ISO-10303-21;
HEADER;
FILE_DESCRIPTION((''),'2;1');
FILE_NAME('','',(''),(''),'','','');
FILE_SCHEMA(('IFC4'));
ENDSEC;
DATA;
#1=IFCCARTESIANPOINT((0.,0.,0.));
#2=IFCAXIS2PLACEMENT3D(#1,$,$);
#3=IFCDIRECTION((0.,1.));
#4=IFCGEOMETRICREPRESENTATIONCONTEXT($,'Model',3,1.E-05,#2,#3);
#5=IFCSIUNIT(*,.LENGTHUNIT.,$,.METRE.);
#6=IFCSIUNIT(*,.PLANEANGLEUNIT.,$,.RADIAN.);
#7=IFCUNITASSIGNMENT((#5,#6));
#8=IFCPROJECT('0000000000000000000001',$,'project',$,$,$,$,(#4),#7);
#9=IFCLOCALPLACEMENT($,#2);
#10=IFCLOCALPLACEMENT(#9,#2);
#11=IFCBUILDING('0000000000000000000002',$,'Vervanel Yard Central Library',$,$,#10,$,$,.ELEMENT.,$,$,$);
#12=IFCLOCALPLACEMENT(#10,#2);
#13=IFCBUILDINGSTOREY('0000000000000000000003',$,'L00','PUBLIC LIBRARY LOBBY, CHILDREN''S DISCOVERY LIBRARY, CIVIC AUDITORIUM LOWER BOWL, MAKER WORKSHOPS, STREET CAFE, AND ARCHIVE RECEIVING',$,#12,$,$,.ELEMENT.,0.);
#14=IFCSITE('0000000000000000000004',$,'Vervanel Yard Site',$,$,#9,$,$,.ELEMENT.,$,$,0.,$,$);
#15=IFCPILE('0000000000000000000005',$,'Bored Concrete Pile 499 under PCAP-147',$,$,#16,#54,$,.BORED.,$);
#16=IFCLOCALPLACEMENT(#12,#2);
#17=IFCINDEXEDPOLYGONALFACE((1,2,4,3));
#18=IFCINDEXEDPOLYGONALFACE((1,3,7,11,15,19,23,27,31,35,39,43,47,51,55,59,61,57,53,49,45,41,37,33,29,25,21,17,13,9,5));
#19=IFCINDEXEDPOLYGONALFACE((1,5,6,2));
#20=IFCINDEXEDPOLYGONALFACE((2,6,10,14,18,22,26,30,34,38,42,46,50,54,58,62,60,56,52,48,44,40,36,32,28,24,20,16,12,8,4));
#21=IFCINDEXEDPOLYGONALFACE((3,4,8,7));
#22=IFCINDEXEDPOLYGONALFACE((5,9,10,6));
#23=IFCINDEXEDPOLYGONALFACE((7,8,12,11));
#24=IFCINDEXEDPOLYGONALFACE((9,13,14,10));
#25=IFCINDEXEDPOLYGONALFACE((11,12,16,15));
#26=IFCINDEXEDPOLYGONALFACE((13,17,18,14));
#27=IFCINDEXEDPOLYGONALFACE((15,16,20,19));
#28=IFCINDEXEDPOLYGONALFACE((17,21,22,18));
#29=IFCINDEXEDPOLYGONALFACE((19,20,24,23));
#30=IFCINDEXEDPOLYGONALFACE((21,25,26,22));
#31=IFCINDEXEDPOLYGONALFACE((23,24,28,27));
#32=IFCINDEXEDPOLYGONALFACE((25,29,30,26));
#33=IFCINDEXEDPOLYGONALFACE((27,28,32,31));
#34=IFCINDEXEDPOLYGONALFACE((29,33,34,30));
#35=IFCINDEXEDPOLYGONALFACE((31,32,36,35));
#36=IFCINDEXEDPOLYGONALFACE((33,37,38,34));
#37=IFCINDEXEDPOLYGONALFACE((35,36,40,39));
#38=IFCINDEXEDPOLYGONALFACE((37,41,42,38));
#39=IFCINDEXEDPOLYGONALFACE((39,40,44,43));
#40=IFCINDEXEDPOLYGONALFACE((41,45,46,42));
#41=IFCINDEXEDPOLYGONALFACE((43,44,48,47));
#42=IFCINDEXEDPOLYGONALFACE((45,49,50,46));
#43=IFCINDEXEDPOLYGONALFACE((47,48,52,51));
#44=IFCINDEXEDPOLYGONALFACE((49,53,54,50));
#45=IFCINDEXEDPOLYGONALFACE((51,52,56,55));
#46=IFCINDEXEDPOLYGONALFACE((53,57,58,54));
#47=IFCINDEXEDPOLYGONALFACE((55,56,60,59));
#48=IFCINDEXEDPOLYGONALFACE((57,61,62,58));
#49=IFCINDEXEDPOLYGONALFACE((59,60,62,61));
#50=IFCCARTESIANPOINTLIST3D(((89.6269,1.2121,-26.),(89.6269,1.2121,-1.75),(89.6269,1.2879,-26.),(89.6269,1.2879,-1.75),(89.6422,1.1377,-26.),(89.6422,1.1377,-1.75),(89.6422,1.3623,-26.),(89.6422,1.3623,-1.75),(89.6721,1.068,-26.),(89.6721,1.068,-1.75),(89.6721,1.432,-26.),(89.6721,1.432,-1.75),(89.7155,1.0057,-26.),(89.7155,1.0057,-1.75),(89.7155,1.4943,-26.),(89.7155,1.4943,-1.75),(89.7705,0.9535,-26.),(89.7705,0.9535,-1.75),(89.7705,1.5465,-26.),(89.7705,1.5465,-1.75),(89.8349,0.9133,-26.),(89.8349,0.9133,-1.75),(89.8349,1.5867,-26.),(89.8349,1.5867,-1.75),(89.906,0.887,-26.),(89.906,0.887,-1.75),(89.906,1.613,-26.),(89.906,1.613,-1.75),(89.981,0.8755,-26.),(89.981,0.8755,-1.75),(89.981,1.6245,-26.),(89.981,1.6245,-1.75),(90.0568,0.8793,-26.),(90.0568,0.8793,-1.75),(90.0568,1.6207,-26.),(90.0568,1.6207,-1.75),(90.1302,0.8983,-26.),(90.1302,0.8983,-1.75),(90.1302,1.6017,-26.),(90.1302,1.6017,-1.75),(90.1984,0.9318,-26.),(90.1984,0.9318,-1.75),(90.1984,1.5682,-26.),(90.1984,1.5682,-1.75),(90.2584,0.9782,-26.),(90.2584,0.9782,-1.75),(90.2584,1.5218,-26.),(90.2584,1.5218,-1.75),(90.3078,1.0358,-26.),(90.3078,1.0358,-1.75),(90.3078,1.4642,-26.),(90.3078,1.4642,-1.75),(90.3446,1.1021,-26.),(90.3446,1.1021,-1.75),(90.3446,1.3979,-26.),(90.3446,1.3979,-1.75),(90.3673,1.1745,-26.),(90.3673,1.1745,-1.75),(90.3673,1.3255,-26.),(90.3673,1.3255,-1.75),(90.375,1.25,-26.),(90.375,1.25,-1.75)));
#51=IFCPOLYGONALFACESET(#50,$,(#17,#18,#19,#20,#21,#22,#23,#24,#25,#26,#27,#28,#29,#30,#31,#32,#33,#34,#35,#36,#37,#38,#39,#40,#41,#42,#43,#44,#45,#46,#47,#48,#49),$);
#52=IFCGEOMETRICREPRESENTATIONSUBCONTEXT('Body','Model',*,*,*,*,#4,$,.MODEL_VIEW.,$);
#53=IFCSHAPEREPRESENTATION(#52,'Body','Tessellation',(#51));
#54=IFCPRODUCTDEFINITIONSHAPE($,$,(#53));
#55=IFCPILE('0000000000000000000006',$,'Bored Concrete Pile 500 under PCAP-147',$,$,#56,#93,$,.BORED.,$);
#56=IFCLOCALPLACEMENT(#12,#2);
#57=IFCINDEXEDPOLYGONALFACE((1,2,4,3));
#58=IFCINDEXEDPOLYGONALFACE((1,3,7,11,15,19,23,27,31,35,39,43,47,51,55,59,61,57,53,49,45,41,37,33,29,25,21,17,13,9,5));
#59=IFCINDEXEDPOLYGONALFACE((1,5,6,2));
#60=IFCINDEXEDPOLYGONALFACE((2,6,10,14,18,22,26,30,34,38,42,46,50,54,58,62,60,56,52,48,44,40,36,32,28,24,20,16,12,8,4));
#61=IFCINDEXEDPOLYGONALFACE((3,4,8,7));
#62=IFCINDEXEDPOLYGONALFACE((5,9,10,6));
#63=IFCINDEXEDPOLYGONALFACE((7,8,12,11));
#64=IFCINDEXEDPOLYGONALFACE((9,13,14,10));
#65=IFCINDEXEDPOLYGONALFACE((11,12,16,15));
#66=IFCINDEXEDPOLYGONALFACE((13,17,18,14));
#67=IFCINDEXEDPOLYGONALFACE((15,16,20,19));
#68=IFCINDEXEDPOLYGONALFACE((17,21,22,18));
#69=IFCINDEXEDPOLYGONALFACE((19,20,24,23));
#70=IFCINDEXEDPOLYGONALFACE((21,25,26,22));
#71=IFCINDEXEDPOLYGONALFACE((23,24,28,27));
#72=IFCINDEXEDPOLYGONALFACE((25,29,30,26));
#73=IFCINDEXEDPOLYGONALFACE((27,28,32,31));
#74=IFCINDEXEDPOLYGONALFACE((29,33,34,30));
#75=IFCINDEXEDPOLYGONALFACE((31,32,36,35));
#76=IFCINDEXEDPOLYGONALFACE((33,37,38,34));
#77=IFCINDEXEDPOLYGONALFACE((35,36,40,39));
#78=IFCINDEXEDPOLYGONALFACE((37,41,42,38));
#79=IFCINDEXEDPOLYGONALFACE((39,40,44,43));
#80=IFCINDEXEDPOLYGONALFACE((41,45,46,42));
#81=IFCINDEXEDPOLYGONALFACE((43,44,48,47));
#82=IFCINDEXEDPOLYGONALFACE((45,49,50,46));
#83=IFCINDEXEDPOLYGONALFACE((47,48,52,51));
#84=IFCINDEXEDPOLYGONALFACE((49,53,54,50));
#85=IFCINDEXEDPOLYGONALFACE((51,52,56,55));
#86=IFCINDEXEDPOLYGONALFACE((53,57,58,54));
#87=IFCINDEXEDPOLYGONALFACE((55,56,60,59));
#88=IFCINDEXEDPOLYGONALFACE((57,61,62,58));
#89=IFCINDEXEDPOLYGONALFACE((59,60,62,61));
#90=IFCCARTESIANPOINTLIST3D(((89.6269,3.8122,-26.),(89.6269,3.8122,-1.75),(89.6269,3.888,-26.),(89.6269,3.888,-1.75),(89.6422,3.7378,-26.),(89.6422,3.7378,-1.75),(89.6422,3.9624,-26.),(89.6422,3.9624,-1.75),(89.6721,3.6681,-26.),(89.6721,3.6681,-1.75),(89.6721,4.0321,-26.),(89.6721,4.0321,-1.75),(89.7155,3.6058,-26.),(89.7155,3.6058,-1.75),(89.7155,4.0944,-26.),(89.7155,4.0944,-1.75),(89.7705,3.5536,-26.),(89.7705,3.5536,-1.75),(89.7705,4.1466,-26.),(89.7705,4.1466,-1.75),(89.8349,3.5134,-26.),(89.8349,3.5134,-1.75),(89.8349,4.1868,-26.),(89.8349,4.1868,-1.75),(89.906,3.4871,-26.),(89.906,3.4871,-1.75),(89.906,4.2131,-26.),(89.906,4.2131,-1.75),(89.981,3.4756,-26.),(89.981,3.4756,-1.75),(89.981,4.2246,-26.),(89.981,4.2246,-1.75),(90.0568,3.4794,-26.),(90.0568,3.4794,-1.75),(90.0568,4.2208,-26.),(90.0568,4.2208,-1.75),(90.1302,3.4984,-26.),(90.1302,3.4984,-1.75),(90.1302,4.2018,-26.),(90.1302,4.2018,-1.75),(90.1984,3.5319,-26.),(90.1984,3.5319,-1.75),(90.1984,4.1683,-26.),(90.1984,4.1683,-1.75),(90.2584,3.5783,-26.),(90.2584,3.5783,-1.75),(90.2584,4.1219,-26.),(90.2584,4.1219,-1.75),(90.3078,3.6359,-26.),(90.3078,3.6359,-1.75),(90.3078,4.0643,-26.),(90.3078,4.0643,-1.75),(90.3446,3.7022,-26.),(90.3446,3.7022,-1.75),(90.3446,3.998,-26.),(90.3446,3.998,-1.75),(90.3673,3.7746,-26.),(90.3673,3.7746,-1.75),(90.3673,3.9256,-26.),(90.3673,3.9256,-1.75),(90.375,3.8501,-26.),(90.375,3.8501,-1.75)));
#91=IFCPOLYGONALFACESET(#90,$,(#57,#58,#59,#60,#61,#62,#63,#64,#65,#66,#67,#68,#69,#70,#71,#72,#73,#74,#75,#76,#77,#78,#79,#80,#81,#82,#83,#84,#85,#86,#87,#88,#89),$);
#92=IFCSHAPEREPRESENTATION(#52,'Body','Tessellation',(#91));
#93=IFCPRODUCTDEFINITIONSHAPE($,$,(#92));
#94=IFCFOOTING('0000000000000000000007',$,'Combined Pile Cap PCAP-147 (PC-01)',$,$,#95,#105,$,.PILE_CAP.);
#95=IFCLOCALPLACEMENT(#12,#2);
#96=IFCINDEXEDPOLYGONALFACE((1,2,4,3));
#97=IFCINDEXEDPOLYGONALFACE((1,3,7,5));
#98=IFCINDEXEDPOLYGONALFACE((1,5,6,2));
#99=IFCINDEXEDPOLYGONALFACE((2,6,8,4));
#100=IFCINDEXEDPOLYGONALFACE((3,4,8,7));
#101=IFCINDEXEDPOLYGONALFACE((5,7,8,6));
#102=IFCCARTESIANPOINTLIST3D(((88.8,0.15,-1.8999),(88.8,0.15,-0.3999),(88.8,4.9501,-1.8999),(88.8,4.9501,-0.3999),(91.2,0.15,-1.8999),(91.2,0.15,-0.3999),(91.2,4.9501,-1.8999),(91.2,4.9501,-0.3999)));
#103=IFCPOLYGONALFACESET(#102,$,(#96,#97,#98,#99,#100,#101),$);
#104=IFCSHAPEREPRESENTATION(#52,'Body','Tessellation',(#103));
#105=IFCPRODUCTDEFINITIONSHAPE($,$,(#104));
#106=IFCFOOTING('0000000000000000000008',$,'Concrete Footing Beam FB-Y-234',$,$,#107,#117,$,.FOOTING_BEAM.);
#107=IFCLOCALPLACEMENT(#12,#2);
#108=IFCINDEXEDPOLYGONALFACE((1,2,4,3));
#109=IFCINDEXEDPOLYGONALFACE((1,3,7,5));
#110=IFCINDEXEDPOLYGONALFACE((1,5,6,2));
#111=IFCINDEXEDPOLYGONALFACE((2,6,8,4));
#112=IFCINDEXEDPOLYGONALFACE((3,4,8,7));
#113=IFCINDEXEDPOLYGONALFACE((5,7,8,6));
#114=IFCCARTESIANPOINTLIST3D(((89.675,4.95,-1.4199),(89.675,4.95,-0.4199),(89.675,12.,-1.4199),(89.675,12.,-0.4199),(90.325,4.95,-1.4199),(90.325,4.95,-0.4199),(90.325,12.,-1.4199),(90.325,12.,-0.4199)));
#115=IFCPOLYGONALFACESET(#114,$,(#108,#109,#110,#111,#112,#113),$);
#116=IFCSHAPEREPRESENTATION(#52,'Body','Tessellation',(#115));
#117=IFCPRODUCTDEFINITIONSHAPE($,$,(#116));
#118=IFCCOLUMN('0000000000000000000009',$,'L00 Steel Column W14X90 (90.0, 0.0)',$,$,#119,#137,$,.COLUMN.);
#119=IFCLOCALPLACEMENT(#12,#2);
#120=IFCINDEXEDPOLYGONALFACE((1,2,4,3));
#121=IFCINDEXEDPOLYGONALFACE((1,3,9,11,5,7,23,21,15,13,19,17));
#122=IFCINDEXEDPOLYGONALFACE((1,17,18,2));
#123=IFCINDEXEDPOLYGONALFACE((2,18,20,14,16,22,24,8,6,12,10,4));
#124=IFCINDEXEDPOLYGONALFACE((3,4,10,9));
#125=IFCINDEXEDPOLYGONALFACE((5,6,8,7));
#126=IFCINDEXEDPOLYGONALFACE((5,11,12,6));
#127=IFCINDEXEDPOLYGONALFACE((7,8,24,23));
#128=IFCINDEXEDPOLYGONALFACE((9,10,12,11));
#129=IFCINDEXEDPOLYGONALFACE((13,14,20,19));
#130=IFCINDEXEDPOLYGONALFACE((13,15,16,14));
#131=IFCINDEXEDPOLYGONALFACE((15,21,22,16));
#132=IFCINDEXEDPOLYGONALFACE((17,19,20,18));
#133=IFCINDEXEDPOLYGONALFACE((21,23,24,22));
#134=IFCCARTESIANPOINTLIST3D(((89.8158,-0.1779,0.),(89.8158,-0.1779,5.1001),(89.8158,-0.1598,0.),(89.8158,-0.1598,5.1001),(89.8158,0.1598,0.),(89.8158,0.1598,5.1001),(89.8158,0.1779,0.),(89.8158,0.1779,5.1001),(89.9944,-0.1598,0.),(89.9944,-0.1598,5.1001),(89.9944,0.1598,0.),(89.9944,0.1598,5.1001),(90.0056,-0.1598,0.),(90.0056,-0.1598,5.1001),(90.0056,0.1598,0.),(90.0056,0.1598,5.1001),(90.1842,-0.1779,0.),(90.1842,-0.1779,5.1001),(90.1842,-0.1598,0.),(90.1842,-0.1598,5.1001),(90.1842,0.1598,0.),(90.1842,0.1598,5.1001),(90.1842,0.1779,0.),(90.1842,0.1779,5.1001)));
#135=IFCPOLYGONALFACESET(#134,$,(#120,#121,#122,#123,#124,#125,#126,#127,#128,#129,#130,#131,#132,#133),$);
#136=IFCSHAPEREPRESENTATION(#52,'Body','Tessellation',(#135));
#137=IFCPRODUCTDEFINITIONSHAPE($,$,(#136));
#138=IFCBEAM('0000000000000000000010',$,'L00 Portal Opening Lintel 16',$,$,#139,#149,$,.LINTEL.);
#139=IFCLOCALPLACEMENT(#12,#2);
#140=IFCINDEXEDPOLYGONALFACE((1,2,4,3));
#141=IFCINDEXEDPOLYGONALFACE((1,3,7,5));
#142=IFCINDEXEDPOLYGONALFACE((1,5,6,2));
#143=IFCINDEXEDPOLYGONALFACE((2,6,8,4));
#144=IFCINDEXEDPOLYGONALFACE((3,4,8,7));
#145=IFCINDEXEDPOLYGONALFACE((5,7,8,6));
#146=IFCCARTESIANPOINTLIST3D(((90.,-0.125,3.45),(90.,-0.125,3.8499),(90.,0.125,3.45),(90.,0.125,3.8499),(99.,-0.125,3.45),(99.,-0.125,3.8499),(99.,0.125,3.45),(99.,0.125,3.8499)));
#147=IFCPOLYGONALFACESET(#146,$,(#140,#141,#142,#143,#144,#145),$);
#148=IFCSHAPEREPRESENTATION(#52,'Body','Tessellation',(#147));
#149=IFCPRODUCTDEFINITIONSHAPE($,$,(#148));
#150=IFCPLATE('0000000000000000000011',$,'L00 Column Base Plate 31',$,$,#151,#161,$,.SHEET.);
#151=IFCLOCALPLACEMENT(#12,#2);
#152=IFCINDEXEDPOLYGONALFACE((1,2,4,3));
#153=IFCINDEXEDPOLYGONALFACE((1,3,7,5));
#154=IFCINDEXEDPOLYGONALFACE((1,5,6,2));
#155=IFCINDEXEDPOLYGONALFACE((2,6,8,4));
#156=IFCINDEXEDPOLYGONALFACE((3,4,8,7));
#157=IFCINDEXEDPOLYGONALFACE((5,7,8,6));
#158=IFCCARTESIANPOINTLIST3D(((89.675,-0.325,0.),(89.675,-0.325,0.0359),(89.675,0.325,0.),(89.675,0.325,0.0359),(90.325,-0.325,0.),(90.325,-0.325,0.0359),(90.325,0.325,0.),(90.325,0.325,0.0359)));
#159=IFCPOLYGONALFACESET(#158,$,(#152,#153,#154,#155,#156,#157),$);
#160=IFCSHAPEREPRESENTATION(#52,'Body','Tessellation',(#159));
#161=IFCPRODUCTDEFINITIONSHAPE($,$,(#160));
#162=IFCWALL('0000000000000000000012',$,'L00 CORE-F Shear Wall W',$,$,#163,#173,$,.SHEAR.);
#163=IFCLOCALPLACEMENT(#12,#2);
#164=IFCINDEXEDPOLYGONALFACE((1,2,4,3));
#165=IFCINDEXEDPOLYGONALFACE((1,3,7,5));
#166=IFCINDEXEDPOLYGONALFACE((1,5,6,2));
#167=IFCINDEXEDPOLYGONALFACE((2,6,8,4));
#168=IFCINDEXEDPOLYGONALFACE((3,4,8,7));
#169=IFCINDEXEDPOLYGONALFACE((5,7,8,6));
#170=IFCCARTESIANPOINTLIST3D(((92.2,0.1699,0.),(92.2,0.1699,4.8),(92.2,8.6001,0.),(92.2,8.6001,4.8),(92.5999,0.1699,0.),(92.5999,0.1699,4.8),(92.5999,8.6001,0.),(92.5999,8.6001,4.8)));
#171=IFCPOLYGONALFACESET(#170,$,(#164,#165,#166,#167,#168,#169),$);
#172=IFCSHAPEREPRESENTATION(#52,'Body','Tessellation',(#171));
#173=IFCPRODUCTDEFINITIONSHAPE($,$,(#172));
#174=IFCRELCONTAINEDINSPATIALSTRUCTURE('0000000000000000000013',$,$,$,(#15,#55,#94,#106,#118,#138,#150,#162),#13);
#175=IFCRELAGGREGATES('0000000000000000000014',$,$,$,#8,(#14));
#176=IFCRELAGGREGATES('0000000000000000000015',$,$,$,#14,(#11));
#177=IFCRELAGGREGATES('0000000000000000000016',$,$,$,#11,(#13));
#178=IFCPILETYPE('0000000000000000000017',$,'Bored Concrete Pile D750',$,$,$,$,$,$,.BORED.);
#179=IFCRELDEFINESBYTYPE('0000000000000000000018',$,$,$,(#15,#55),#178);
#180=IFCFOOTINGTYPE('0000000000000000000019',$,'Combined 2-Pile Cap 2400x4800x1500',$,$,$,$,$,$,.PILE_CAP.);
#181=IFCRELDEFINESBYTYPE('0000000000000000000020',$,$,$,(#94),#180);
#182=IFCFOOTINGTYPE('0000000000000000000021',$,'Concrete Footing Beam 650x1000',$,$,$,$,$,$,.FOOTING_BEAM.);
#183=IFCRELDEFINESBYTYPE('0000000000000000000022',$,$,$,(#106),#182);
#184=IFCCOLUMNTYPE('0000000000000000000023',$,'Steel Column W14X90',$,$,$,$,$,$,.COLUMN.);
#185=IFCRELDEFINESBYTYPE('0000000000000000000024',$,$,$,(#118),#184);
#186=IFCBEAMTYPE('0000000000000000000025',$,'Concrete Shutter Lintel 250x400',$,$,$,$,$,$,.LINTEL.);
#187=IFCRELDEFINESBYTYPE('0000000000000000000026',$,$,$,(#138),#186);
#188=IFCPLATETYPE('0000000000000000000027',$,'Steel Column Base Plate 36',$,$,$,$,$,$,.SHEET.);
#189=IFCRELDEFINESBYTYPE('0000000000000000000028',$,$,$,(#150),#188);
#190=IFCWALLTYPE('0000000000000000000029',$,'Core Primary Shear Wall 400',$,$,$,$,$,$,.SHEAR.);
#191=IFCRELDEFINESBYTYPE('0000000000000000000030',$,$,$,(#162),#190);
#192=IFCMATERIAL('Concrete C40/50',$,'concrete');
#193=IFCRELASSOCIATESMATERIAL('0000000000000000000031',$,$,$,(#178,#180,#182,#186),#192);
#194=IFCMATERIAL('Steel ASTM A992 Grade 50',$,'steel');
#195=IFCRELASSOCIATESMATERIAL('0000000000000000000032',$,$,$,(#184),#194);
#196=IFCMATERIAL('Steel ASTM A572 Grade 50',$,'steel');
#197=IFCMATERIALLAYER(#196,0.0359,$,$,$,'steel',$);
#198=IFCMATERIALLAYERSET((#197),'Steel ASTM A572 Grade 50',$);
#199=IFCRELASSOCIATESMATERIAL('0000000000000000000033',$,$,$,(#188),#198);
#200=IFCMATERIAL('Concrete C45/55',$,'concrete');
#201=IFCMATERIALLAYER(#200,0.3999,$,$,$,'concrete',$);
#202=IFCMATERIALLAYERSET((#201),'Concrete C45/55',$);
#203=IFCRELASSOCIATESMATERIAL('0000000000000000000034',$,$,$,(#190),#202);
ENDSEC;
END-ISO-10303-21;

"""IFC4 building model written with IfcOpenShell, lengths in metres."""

from ifc_helpers import new_model, si_unit, direction, frame, frame_2d, origin, origin_2d, place, context, subcontext, project, spatial, rectangle, circle, i_section, extrude, material, layer, layer_set, material_profile, profile_set, type_object, element, save


model = new_model("IFC4")

# Units and contexts
model_context = context("Model", 3, precision=1e-05, world=origin(), true_north=direction((0.0, 1.0)))
body_context = subcontext(model_context, "Body", "Model", "MODEL_VIEW")
ifc_project = project(units=[si_unit("LENGTHUNIT", "METRE"), si_unit("PLANEANGLEUNIT", "RADIAN")], contexts=[model_context])

# Site, building, storey
site_placement = place(None, origin())
site = spatial("IfcSite", under=ifc_project, at=site_placement, Name="Vervanel Yard Site", CompositionType="ELEMENT", RefElevation=0.0)
building_placement = place(site_placement, origin())
building = spatial("IfcBuilding", under=site, at=building_placement, Name="Vervanel Yard Central Library", CompositionType="ELEMENT")
storey_placement = place(building_placement, origin())
storey = spatial("IfcBuildingStorey", under=building, at=storey_placement, Name="L00", Description="PUBLIC LIBRARY LOBBY, CHILDREN'S DISCOVERY LIBRARY, CIVIC AUDITORIUM LOWER BOWL, MAKER WORKSHOPS, STREET CAFE, AND ARCHIVE RECEIVING", CompositionType="ELEMENT", Elevation=0.0)

# Piles
ifc_material_1 = material(Name="Concrete C40/50", Category="concrete")
ifc_material_profile_1 = material_profile(ifc_material_1, circle(Radius=0.375, at=origin_2d()), Name="BP D750", Category="concrete")
ifc_profile_set_1 = profile_set([ifc_material_profile_1], Name="Concrete C40/50")
pile_type = type_object("IfcPileType", Name="Bored Concrete Pile D750", PredefinedType="BORED", material=ifc_profile_set_1)
for number, where, z_axis, x_axis, name in (
    (1, (90.0, 1.25, -1.75), (0.0, 0.0, -1.0), (1.0, 0.0, 0.0), "Bored Concrete Pile 499 under PCAP-147"),
    (2, (90.0, 3.8501, -1.75), (0.0, 0.0, -1.0), (1.0, 0.0, 0.0), "Bored Concrete Pile 500 under PCAP-147"),
):
    element("IfcPile", number, at=place(storey_placement, frame(where, z_axis=z_axis, x_axis=x_axis)), inside=storey, type_object=pile_type, Name=name, PredefinedType="BORED", context=body_context, shape_type="SweptSolid", body=[
        extrude(circle(Radius=0.375, at=origin_2d()), origin(), (0.0, 0.0, 1.0), 24.25),
    ])

# Footings
footing_type_1 = type_object("IfcFootingType", Name="Combined 2-Pile Cap 2400x4800x1500", PredefinedType="PILE_CAP", material=ifc_material_1)
footing_1_placement = place(storey_placement, frame((90.0, 2.55, -1.8999), z_axis=(0.0, 0.0, 1.0), x_axis=(1.0, 0.0, 0.0)))
element("IfcFooting", 3, at=footing_1_placement, inside=storey, type_object=footing_type_1, Name="Combined Pile Cap PCAP-147 (PC-01)", PredefinedType="PILE_CAP", context=body_context, shape_type="SweptSolid", body=[
    extrude(rectangle(XDim=2.3999, YDim=4.8, at=origin_2d()), origin(), (0.0, 0.0, 1.0), 1.5),
])
ifc_material_profile_2 = material_profile(ifc_material_1, rectangle(XDim=0.6499, YDim=1.0, at=origin_2d()), Name="RC 650x1000", Category="concrete")
ifc_profile_set_2 = profile_set([ifc_material_profile_2], Name="Concrete C40/50")
footing_type_2 = type_object("IfcFootingType", Name="Concrete Footing Beam 650x1000", PredefinedType="FOOTING_BEAM", material=ifc_profile_set_2)
footing_2_placement = place(storey_placement, frame((90.0, 4.95, -0.9199), z_axis=(0.0, 1.0, 0.0), x_axis=(-1.0, 0.0, 0.0)))
element("IfcFooting", 4, at=footing_2_placement, inside=storey, type_object=footing_type_2, Name="Concrete Footing Beam FB-Y-234", PredefinedType="FOOTING_BEAM", context=body_context, shape_type="SweptSolid", body=[
    extrude(rectangle(XDim=0.6499, YDim=1.0, at=origin_2d()), origin(), (0.0, 0.0, 1.0), 7.05),
])

# Column
ifc_material_2 = material(Name="Steel ASTM A992 Grade 50", Category="steel")
ifc_material_profile_3 = material_profile(ifc_material_2, i_section(OverallWidth=0.3684, OverallDepth=0.3557, WebThickness=0.0112, FlangeThickness=0.0181, at=origin_2d()), Name="W14X90", Category="steel")
ifc_profile_set_3 = profile_set([ifc_material_profile_3], Name="Steel ASTM A992 Grade 50")
column_type = type_object("IfcColumnType", Name="Steel Column W14X90", PredefinedType="COLUMN", material=ifc_profile_set_3)
column_placement = place(storey_placement, frame((90.0, 0.0, 0.0), z_axis=(0.0, 0.0, 1.0), x_axis=(1.0, 0.0, 0.0)))
element("IfcColumn", 5, at=column_placement, inside=storey, type_object=column_type, Name="L00 Steel Column W14X90 (90.0, 0.0)", PredefinedType="COLUMN", context=body_context, shape_type="SweptSolid", body=[
    extrude(i_section(OverallWidth=0.3684, OverallDepth=0.3557, WebThickness=0.0112, FlangeThickness=0.0181, at=origin_2d()), origin(), (0.0, 0.0, 1.0), 5.1001),
])

# Beam
ifc_material_profile_4 = material_profile(ifc_material_1, rectangle(XDim=0.25, YDim=0.3999, at=origin_2d()), Name="RC 250x400", Category="concrete")
ifc_profile_set_4 = profile_set([ifc_material_profile_4], Name="Concrete C40/50")
beam_type = type_object("IfcBeamType", Name="Concrete Shutter Lintel 250x400", PredefinedType="LINTEL", material=ifc_profile_set_4)
beam_placement = place(storey_placement, frame((90.0, 0.0, 3.6499), z_axis=(1.0, 0.0, 0.0), x_axis=(0.0, 1.0, 0.0)))
element("IfcBeam", 6, at=beam_placement, inside=storey, type_object=beam_type, Name="L00 Portal Opening Lintel 16", PredefinedType="LINTEL", context=body_context, shape_type="SweptSolid", body=[
    extrude(rectangle(XDim=0.25, YDim=0.3999, at=origin_2d()), origin(), (0.0, 0.0, 1.0), 9.0),
])

# Plate
ifc_material_3 = material(Name="Steel ASTM A572 Grade 50", Category="steel")
ifc_layer_1 = layer(ifc_material_3, 0.0359, Category="steel")
ifc_layer_set_1 = layer_set([ifc_layer_1], Name="Steel ASTM A572 Grade 50")
plate_type = type_object("IfcPlateType", Name="Steel Column Base Plate 36", PredefinedType="SHEET", material=ifc_layer_set_1)
plate_placement = place(storey_placement, frame((90.0, 0.0, 0.0), z_axis=(0.0, 0.0, 1.0), x_axis=(1.0, 0.0, 0.0)))
element("IfcPlate", 7, at=plate_placement, inside=storey, type_object=plate_type, Name="L00 Column Base Plate 31", PredefinedType="SHEET", context=body_context, shape_type="SweptSolid", body=[
    extrude(rectangle(XDim=0.6499, YDim=0.6499, at=origin_2d()), origin(), (0.0, 0.0, 1.0), 0.0359),
])

# Wall
ifc_material_4 = material(Name="Concrete C45/55", Category="concrete")
ifc_layer_2 = layer(ifc_material_4, 0.3999, Category="concrete")
ifc_layer_set_2 = layer_set([ifc_layer_2], Name="Concrete C45/55")
wall_type_1 = type_object("IfcWallType", Name="Core Primary Shear Wall 400", PredefinedType="SHEAR", material=ifc_layer_set_2)
wall_1_placement = place(storey_placement, frame((92.3999, 0.1699, 0.0), z_axis=(0.0, 0.0, 1.0), x_axis=(0.0, 1.0, 0.0)))
element("IfcWall", 8, at=wall_1_placement, inside=storey, type_object=wall_type_1, Name="L00 CORE-F Shear Wall W", PredefinedType="SHEAR", context=body_context, shape_type="SweptSolid", body=[
    extrude(rectangle(XDim=8.4302, YDim=0.3999, at=frame_2d((4.2151, 0.0))), origin(), (0.0, 0.0, 1.0), 4.8),
])

save(model, "model.ifc")
